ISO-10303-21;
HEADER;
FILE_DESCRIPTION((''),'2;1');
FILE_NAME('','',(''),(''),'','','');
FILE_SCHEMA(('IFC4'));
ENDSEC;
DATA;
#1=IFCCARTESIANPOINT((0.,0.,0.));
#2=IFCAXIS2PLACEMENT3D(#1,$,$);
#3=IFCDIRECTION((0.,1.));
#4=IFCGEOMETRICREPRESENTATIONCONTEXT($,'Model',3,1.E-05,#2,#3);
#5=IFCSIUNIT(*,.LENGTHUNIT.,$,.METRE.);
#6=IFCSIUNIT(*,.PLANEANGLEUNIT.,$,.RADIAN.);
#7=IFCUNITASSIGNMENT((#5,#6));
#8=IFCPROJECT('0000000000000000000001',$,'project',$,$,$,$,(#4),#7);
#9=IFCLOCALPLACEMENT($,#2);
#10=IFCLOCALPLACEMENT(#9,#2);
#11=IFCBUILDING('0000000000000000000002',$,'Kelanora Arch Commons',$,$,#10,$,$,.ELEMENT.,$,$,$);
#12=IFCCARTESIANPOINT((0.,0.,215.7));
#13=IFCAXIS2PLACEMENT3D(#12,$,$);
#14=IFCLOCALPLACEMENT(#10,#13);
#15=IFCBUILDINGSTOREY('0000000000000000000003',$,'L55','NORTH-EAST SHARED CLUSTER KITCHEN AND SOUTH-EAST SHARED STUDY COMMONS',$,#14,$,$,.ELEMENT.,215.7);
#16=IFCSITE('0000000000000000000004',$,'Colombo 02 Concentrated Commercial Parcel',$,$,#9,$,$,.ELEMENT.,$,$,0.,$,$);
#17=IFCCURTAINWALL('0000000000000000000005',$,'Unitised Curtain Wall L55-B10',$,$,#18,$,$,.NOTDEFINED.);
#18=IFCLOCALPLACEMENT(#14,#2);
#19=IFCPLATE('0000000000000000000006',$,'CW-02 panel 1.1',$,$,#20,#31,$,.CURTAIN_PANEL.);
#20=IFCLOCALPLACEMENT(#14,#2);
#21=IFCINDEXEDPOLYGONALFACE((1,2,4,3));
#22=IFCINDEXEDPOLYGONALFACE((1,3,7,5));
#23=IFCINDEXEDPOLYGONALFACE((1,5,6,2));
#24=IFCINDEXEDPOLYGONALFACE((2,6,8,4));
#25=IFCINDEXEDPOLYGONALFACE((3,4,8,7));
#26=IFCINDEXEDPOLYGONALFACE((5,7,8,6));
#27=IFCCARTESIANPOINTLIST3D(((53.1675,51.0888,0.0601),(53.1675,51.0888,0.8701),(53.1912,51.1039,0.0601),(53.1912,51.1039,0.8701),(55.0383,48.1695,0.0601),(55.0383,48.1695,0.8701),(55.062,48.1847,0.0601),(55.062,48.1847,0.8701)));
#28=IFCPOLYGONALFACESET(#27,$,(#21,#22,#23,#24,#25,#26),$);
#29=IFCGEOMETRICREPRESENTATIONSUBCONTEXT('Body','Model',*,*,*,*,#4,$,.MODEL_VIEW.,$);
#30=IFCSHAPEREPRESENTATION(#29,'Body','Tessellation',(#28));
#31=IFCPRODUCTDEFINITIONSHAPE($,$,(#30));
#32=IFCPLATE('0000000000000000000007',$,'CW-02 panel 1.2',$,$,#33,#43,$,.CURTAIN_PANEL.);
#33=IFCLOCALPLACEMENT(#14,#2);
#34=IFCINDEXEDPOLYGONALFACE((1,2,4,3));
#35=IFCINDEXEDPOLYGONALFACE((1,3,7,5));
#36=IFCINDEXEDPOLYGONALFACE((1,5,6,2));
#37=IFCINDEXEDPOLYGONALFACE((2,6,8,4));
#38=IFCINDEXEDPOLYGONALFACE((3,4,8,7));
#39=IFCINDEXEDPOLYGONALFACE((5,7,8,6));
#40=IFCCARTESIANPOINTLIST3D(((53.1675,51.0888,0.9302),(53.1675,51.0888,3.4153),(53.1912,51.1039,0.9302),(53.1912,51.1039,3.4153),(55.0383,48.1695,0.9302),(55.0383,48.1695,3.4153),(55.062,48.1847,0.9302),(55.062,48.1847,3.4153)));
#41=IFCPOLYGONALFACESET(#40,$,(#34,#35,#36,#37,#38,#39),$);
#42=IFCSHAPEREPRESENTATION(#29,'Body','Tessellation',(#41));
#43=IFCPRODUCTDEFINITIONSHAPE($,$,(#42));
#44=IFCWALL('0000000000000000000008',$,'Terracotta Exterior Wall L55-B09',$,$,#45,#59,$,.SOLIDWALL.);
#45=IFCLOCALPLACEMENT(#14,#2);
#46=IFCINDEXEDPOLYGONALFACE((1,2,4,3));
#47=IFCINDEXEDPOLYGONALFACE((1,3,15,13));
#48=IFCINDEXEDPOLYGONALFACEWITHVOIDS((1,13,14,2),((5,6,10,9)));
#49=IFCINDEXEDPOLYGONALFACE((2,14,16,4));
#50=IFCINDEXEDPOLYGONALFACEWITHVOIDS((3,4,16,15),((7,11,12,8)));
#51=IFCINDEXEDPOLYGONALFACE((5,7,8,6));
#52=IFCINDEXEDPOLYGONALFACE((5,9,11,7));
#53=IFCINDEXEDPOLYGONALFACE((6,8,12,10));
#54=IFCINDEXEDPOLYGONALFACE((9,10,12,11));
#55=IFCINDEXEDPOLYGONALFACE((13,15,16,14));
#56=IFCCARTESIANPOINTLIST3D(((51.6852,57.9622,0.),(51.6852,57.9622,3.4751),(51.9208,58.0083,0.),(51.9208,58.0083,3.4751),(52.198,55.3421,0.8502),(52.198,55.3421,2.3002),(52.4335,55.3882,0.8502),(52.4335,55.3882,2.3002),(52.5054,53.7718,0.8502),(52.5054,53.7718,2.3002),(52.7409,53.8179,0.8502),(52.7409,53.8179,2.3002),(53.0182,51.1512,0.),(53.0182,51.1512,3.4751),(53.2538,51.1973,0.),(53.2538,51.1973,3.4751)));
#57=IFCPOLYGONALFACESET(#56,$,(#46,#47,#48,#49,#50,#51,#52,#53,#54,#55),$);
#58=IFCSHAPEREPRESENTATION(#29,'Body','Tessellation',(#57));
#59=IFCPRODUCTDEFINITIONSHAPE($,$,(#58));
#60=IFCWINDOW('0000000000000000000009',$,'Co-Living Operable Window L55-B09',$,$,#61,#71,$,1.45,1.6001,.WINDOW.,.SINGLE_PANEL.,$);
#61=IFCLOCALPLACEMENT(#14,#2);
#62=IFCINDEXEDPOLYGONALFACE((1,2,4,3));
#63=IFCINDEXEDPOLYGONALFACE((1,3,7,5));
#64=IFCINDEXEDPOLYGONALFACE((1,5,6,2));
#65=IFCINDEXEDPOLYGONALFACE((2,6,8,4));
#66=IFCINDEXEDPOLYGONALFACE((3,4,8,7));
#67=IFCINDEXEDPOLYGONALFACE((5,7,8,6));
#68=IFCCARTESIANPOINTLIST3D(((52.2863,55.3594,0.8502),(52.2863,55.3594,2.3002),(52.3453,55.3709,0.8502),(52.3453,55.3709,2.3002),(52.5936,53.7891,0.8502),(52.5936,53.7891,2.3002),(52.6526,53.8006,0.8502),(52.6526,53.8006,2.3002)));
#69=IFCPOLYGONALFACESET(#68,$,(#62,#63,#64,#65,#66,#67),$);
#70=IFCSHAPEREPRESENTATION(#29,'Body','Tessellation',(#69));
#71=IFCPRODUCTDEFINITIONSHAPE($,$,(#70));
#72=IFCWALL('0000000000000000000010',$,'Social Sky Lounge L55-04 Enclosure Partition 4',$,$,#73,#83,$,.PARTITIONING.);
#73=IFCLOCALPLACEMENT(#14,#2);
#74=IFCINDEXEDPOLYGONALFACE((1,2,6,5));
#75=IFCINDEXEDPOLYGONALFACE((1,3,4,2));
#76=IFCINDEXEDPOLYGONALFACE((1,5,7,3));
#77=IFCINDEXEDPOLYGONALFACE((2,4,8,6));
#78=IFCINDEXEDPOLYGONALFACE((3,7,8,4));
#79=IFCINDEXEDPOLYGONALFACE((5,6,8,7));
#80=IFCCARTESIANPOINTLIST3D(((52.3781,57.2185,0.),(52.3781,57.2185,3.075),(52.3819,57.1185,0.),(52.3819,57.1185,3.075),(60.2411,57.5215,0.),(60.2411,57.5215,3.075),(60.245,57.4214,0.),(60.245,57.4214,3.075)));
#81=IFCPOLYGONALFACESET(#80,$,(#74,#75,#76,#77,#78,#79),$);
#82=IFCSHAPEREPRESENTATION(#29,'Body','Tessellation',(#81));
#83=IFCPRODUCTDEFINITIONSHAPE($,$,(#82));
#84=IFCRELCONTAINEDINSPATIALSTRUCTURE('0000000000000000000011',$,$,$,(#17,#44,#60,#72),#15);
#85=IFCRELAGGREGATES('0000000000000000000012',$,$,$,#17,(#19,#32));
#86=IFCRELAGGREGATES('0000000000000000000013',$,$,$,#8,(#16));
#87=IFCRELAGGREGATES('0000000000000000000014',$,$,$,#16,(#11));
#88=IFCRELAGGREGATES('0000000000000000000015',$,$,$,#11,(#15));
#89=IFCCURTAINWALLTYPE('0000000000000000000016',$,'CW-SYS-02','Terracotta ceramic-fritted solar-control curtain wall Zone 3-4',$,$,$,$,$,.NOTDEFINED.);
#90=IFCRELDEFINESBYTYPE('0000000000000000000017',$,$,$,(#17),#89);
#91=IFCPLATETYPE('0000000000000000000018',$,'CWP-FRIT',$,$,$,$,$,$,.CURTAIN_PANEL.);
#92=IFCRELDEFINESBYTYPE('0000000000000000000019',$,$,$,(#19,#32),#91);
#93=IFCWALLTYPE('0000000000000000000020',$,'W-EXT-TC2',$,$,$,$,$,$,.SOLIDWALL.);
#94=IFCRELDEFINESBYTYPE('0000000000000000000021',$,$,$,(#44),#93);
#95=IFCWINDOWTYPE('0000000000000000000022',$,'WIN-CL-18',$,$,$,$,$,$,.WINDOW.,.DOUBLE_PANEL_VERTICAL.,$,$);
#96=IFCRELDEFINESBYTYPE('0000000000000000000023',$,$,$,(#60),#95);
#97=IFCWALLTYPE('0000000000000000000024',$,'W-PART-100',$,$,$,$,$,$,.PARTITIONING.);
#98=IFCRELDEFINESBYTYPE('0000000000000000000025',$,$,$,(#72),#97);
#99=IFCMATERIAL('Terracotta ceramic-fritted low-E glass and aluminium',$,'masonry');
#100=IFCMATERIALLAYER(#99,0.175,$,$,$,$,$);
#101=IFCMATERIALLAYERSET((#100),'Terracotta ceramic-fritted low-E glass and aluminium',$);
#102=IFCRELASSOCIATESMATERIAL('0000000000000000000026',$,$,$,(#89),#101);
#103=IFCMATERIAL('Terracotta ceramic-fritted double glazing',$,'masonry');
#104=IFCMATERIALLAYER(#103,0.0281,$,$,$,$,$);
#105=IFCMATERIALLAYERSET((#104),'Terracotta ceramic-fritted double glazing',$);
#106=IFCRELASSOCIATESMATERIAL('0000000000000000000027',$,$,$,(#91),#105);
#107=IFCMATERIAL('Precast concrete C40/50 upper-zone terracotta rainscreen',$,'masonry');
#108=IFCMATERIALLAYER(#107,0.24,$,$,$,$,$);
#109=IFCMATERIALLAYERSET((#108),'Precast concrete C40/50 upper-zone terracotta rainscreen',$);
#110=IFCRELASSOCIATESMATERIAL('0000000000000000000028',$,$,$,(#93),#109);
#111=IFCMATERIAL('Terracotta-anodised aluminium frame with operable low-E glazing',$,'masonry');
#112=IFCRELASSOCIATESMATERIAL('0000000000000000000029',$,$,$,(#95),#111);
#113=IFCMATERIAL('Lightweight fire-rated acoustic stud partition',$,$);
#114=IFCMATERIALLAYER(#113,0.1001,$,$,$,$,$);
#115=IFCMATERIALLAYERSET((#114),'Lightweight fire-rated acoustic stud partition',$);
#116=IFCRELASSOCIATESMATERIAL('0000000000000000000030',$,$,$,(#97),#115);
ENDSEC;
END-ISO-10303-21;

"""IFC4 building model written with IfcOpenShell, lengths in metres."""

from ifc_helpers import new_model, si_unit, direction, frame, frame_2d, origin, origin_2d, place, context, subcontext, project, spatial, rectangle, extrude, source, transform, mapped, material, layer, layer_set, type_object, element, fill, aggregate, save


model = new_model("IFC4")

# Units and contexts
model_context = context("Model", 3, precision=1e-05, world=origin(), true_north=direction((0.0, 1.0)))
body_context = subcontext(model_context, "Body", "Model", "MODEL_VIEW")
ifc_project = project(units=[si_unit("LENGTHUNIT", "METRE"), si_unit("PLANEANGLEUNIT", "RADIAN")], contexts=[model_context])

# Site, building, storey
site_placement = place(None, origin())
site = spatial("IfcSite", under=ifc_project, at=site_placement, Name="Colombo 02 Concentrated Commercial Parcel", CompositionType="ELEMENT", RefElevation=0.0)
building_placement = place(site_placement, origin())
building = spatial("IfcBuilding", under=site, at=building_placement, Name="Kelanora Arch Commons", CompositionType="ELEMENT")
storey_placement = place(building_placement, frame((0.0, 0.0, 215.7)))
storey = spatial("IfcBuildingStorey", under=building, at=storey_placement, Name="L55", Description="NORTH-EAST SHARED CLUSTER KITCHEN AND SOUTH-EAST SHARED STUDY COMMONS", CompositionType="ELEMENT", Elevation=215.7)

# Curtain wall
ifc_material_1 = material(Name="Terracotta ceramic-fritted low-E glass and aluminium", Category="masonry")
ifc_layer_1 = layer(ifc_material_1, 0.175)
ifc_layer_set_1 = layer_set([ifc_layer_1], Name="Terracotta ceramic-fritted low-E glass and aluminium")
curtain_wall_type = type_object("IfcCurtainWallType", Name="CW-SYS-02", Description="Terracotta ceramic-fritted solar-control curtain wall Zone 3-4", PredefinedType="NOTDEFINED", material=ifc_layer_set_1)
curtain_wall_placement = place(storey_placement, origin())
curtain_wall = element("IfcCurtainWall", 1, at=curtain_wall_placement, inside=storey, type_object=curtain_wall_type, Name="Unitised Curtain Wall L55-B10", PredefinedType="NOTDEFINED")

# Plates
ifc_material_2 = material(Name="Terracotta ceramic-fritted double glazing", Category="masonry")
ifc_layer_2 = layer(ifc_material_2, 0.0281)
ifc_layer_set_2 = layer_set([ifc_layer_2], Name="Terracotta ceramic-fritted double glazing")
plate_type = type_object("IfcPlateType", Name="CWP-FRIT", PredefinedType="CURTAIN_PANEL", material=ifc_layer_set_2)
shared_shape_1 = source(origin(), body_context, "Body", "SweptSolid", [
    extrude(rectangle(XDim=3.4673, YDim=0.0281, at=origin_2d()), origin(), (0.0, 0.0, 1.0), 0.8101),
])
plate_1_placement = place(storey_placement, frame((54.1147, 49.6367, 0.0601), z_axis=(0.0, 0.0, 1.0), x_axis=(0.539559, -0.841948, 0.0)))
plate_1 = element("IfcPlate", 2, at=plate_1_placement, type_object=plate_type, Name="CW-02 panel 1.1", PredefinedType="CURTAIN_PANEL", context=body_context, shape_type="MappedRepresentation", body=[
    mapped(shared_shape_1, transform((0.0, 0.0, 0.0), scale=1.0)),
])
shared_shape_2 = source(origin(), body_context, "Body", "SweptSolid", [
    extrude(rectangle(XDim=3.4673, YDim=0.0281, at=origin_2d()), origin(), (0.0, 0.0, 1.0), 2.4851),
])
plate_2_placement = place(storey_placement, frame((54.1147, 49.6367, 0.9302), z_axis=(0.0, 0.0, 1.0), x_axis=(0.539559, -0.841948, 0.0)))
plate_2 = element("IfcPlate", 3, at=plate_2_placement, type_object=plate_type, Name="CW-02 panel 1.2", PredefinedType="CURTAIN_PANEL", context=body_context, shape_type="MappedRepresentation", body=[
    mapped(shared_shape_2, transform((0.0, 0.0, 0.0), scale=1.0)),
])
aggregate(curtain_wall, [plate_1, plate_2])

# Wall, opening, window
ifc_material_3 = material(Name="Precast concrete C40/50 upper-zone terracotta rainscreen", Category="masonry")
ifc_layer_3 = layer(ifc_material_3, 0.24)
ifc_layer_set_3 = layer_set([ifc_layer_3], Name="Precast concrete C40/50 upper-zone terracotta rainscreen")
wall_type_1 = type_object("IfcWallType", Name="W-EXT-TC2", PredefinedType="SOLIDWALL", material=ifc_layer_set_3)
wall_1_placement = place(storey_placement, frame((51.803, 57.9854, 0.0), z_axis=(0.0, 0.0, 1.0), x_axis=(0.192069, -0.981381, 0.0)))
wall_1 = element("IfcWall", 4, at=wall_1_placement, inside=storey, type_object=wall_type_1, Name="Terracotta Exterior Wall L55-B09", PredefinedType="SOLIDWALL", context=body_context, shape_type="SweptSolid", body=[
    extrude(rectangle(XDim=6.9402, YDim=0.24, at=frame_2d((3.4702, 0.0))), origin(), (0.0, 0.0, 1.0), 3.4751),
])
opening_placement = place(wall_1_placement, frame((2.6699, 0.0, 0.8501)))
opening = element("IfcOpeningElement", 5, at=opening_placement, cuts=wall_1, PredefinedType="OPENING", context=body_context, shape_type="SweptSolid", body=[
    extrude(rectangle(XDim=1.6001, YDim=1.45, at=frame_2d((0.8, 0.7251))), frame((0.0, 0.1299, 0.0), z_axis=(0.0, -1.0, 0.0), x_axis=(1.0, 0.0, 0.0)), (0.0, 0.0, 1.0), 0.26),
])
ifc_material_4 = material(Name="Terracotta-anodised aluminium frame with operable low-E glazing", Category="masonry")
window_type = type_object("IfcWindowType", Name="WIN-CL-18", PartitioningType="DOUBLE_PANEL_VERTICAL", PredefinedType="WINDOW", material=ifc_material_4)
window_placement = place(opening_placement, origin())
window = element("IfcWindow", 6, at=window_placement, inside=storey, type_object=window_type, Name="Co-Living Operable Window L55-B09", OverallHeight=1.45, OverallWidth=1.6001, PartitioningType="SINGLE_PANEL", PredefinedType="WINDOW", context=body_context, shape_type="SweptSolid", body=[
    extrude(rectangle(XDim=1.6001, YDim=1.45, at=frame_2d((0.8, 0.7251))), frame((0.0, 0.03, 0.0), z_axis=(0.0, -1.0, 0.0), x_axis=(1.0, 0.0, 0.0)), (0.0, 0.0, 1.0), 0.0601),
])
fill(opening, window)

# Wall
ifc_material_5 = material(Name="Lightweight fire-rated acoustic stud partition")
ifc_layer_4 = layer(ifc_material_5, 0.1001)
ifc_layer_set_4 = layer_set([ifc_layer_4], Name="Lightweight fire-rated acoustic stud partition")
wall_type_2 = type_object("IfcWallType", Name="W-PART-100", PredefinedType="PARTITIONING", material=ifc_layer_set_4)
wall_2_placement = place(storey_placement, frame((52.3799, 57.1685, 0.0), z_axis=(0.0, 0.0, 1.0), x_axis=(0.999258, 0.038503, 0.0)))
element("IfcWall", 7, at=wall_2_placement, inside=storey, type_object=wall_type_2, Name="Social Sky Lounge L55-04 Enclosure Partition 4", PredefinedType="PARTITIONING", context=body_context, shape_type="SweptSolid", body=[
    extrude(rectangle(XDim=7.8689, YDim=0.1001, at=frame_2d((3.9346, 0.0))), origin(), (0.0, 0.0, 1.0), 3.075),
])

save(model, "model.ifc")
